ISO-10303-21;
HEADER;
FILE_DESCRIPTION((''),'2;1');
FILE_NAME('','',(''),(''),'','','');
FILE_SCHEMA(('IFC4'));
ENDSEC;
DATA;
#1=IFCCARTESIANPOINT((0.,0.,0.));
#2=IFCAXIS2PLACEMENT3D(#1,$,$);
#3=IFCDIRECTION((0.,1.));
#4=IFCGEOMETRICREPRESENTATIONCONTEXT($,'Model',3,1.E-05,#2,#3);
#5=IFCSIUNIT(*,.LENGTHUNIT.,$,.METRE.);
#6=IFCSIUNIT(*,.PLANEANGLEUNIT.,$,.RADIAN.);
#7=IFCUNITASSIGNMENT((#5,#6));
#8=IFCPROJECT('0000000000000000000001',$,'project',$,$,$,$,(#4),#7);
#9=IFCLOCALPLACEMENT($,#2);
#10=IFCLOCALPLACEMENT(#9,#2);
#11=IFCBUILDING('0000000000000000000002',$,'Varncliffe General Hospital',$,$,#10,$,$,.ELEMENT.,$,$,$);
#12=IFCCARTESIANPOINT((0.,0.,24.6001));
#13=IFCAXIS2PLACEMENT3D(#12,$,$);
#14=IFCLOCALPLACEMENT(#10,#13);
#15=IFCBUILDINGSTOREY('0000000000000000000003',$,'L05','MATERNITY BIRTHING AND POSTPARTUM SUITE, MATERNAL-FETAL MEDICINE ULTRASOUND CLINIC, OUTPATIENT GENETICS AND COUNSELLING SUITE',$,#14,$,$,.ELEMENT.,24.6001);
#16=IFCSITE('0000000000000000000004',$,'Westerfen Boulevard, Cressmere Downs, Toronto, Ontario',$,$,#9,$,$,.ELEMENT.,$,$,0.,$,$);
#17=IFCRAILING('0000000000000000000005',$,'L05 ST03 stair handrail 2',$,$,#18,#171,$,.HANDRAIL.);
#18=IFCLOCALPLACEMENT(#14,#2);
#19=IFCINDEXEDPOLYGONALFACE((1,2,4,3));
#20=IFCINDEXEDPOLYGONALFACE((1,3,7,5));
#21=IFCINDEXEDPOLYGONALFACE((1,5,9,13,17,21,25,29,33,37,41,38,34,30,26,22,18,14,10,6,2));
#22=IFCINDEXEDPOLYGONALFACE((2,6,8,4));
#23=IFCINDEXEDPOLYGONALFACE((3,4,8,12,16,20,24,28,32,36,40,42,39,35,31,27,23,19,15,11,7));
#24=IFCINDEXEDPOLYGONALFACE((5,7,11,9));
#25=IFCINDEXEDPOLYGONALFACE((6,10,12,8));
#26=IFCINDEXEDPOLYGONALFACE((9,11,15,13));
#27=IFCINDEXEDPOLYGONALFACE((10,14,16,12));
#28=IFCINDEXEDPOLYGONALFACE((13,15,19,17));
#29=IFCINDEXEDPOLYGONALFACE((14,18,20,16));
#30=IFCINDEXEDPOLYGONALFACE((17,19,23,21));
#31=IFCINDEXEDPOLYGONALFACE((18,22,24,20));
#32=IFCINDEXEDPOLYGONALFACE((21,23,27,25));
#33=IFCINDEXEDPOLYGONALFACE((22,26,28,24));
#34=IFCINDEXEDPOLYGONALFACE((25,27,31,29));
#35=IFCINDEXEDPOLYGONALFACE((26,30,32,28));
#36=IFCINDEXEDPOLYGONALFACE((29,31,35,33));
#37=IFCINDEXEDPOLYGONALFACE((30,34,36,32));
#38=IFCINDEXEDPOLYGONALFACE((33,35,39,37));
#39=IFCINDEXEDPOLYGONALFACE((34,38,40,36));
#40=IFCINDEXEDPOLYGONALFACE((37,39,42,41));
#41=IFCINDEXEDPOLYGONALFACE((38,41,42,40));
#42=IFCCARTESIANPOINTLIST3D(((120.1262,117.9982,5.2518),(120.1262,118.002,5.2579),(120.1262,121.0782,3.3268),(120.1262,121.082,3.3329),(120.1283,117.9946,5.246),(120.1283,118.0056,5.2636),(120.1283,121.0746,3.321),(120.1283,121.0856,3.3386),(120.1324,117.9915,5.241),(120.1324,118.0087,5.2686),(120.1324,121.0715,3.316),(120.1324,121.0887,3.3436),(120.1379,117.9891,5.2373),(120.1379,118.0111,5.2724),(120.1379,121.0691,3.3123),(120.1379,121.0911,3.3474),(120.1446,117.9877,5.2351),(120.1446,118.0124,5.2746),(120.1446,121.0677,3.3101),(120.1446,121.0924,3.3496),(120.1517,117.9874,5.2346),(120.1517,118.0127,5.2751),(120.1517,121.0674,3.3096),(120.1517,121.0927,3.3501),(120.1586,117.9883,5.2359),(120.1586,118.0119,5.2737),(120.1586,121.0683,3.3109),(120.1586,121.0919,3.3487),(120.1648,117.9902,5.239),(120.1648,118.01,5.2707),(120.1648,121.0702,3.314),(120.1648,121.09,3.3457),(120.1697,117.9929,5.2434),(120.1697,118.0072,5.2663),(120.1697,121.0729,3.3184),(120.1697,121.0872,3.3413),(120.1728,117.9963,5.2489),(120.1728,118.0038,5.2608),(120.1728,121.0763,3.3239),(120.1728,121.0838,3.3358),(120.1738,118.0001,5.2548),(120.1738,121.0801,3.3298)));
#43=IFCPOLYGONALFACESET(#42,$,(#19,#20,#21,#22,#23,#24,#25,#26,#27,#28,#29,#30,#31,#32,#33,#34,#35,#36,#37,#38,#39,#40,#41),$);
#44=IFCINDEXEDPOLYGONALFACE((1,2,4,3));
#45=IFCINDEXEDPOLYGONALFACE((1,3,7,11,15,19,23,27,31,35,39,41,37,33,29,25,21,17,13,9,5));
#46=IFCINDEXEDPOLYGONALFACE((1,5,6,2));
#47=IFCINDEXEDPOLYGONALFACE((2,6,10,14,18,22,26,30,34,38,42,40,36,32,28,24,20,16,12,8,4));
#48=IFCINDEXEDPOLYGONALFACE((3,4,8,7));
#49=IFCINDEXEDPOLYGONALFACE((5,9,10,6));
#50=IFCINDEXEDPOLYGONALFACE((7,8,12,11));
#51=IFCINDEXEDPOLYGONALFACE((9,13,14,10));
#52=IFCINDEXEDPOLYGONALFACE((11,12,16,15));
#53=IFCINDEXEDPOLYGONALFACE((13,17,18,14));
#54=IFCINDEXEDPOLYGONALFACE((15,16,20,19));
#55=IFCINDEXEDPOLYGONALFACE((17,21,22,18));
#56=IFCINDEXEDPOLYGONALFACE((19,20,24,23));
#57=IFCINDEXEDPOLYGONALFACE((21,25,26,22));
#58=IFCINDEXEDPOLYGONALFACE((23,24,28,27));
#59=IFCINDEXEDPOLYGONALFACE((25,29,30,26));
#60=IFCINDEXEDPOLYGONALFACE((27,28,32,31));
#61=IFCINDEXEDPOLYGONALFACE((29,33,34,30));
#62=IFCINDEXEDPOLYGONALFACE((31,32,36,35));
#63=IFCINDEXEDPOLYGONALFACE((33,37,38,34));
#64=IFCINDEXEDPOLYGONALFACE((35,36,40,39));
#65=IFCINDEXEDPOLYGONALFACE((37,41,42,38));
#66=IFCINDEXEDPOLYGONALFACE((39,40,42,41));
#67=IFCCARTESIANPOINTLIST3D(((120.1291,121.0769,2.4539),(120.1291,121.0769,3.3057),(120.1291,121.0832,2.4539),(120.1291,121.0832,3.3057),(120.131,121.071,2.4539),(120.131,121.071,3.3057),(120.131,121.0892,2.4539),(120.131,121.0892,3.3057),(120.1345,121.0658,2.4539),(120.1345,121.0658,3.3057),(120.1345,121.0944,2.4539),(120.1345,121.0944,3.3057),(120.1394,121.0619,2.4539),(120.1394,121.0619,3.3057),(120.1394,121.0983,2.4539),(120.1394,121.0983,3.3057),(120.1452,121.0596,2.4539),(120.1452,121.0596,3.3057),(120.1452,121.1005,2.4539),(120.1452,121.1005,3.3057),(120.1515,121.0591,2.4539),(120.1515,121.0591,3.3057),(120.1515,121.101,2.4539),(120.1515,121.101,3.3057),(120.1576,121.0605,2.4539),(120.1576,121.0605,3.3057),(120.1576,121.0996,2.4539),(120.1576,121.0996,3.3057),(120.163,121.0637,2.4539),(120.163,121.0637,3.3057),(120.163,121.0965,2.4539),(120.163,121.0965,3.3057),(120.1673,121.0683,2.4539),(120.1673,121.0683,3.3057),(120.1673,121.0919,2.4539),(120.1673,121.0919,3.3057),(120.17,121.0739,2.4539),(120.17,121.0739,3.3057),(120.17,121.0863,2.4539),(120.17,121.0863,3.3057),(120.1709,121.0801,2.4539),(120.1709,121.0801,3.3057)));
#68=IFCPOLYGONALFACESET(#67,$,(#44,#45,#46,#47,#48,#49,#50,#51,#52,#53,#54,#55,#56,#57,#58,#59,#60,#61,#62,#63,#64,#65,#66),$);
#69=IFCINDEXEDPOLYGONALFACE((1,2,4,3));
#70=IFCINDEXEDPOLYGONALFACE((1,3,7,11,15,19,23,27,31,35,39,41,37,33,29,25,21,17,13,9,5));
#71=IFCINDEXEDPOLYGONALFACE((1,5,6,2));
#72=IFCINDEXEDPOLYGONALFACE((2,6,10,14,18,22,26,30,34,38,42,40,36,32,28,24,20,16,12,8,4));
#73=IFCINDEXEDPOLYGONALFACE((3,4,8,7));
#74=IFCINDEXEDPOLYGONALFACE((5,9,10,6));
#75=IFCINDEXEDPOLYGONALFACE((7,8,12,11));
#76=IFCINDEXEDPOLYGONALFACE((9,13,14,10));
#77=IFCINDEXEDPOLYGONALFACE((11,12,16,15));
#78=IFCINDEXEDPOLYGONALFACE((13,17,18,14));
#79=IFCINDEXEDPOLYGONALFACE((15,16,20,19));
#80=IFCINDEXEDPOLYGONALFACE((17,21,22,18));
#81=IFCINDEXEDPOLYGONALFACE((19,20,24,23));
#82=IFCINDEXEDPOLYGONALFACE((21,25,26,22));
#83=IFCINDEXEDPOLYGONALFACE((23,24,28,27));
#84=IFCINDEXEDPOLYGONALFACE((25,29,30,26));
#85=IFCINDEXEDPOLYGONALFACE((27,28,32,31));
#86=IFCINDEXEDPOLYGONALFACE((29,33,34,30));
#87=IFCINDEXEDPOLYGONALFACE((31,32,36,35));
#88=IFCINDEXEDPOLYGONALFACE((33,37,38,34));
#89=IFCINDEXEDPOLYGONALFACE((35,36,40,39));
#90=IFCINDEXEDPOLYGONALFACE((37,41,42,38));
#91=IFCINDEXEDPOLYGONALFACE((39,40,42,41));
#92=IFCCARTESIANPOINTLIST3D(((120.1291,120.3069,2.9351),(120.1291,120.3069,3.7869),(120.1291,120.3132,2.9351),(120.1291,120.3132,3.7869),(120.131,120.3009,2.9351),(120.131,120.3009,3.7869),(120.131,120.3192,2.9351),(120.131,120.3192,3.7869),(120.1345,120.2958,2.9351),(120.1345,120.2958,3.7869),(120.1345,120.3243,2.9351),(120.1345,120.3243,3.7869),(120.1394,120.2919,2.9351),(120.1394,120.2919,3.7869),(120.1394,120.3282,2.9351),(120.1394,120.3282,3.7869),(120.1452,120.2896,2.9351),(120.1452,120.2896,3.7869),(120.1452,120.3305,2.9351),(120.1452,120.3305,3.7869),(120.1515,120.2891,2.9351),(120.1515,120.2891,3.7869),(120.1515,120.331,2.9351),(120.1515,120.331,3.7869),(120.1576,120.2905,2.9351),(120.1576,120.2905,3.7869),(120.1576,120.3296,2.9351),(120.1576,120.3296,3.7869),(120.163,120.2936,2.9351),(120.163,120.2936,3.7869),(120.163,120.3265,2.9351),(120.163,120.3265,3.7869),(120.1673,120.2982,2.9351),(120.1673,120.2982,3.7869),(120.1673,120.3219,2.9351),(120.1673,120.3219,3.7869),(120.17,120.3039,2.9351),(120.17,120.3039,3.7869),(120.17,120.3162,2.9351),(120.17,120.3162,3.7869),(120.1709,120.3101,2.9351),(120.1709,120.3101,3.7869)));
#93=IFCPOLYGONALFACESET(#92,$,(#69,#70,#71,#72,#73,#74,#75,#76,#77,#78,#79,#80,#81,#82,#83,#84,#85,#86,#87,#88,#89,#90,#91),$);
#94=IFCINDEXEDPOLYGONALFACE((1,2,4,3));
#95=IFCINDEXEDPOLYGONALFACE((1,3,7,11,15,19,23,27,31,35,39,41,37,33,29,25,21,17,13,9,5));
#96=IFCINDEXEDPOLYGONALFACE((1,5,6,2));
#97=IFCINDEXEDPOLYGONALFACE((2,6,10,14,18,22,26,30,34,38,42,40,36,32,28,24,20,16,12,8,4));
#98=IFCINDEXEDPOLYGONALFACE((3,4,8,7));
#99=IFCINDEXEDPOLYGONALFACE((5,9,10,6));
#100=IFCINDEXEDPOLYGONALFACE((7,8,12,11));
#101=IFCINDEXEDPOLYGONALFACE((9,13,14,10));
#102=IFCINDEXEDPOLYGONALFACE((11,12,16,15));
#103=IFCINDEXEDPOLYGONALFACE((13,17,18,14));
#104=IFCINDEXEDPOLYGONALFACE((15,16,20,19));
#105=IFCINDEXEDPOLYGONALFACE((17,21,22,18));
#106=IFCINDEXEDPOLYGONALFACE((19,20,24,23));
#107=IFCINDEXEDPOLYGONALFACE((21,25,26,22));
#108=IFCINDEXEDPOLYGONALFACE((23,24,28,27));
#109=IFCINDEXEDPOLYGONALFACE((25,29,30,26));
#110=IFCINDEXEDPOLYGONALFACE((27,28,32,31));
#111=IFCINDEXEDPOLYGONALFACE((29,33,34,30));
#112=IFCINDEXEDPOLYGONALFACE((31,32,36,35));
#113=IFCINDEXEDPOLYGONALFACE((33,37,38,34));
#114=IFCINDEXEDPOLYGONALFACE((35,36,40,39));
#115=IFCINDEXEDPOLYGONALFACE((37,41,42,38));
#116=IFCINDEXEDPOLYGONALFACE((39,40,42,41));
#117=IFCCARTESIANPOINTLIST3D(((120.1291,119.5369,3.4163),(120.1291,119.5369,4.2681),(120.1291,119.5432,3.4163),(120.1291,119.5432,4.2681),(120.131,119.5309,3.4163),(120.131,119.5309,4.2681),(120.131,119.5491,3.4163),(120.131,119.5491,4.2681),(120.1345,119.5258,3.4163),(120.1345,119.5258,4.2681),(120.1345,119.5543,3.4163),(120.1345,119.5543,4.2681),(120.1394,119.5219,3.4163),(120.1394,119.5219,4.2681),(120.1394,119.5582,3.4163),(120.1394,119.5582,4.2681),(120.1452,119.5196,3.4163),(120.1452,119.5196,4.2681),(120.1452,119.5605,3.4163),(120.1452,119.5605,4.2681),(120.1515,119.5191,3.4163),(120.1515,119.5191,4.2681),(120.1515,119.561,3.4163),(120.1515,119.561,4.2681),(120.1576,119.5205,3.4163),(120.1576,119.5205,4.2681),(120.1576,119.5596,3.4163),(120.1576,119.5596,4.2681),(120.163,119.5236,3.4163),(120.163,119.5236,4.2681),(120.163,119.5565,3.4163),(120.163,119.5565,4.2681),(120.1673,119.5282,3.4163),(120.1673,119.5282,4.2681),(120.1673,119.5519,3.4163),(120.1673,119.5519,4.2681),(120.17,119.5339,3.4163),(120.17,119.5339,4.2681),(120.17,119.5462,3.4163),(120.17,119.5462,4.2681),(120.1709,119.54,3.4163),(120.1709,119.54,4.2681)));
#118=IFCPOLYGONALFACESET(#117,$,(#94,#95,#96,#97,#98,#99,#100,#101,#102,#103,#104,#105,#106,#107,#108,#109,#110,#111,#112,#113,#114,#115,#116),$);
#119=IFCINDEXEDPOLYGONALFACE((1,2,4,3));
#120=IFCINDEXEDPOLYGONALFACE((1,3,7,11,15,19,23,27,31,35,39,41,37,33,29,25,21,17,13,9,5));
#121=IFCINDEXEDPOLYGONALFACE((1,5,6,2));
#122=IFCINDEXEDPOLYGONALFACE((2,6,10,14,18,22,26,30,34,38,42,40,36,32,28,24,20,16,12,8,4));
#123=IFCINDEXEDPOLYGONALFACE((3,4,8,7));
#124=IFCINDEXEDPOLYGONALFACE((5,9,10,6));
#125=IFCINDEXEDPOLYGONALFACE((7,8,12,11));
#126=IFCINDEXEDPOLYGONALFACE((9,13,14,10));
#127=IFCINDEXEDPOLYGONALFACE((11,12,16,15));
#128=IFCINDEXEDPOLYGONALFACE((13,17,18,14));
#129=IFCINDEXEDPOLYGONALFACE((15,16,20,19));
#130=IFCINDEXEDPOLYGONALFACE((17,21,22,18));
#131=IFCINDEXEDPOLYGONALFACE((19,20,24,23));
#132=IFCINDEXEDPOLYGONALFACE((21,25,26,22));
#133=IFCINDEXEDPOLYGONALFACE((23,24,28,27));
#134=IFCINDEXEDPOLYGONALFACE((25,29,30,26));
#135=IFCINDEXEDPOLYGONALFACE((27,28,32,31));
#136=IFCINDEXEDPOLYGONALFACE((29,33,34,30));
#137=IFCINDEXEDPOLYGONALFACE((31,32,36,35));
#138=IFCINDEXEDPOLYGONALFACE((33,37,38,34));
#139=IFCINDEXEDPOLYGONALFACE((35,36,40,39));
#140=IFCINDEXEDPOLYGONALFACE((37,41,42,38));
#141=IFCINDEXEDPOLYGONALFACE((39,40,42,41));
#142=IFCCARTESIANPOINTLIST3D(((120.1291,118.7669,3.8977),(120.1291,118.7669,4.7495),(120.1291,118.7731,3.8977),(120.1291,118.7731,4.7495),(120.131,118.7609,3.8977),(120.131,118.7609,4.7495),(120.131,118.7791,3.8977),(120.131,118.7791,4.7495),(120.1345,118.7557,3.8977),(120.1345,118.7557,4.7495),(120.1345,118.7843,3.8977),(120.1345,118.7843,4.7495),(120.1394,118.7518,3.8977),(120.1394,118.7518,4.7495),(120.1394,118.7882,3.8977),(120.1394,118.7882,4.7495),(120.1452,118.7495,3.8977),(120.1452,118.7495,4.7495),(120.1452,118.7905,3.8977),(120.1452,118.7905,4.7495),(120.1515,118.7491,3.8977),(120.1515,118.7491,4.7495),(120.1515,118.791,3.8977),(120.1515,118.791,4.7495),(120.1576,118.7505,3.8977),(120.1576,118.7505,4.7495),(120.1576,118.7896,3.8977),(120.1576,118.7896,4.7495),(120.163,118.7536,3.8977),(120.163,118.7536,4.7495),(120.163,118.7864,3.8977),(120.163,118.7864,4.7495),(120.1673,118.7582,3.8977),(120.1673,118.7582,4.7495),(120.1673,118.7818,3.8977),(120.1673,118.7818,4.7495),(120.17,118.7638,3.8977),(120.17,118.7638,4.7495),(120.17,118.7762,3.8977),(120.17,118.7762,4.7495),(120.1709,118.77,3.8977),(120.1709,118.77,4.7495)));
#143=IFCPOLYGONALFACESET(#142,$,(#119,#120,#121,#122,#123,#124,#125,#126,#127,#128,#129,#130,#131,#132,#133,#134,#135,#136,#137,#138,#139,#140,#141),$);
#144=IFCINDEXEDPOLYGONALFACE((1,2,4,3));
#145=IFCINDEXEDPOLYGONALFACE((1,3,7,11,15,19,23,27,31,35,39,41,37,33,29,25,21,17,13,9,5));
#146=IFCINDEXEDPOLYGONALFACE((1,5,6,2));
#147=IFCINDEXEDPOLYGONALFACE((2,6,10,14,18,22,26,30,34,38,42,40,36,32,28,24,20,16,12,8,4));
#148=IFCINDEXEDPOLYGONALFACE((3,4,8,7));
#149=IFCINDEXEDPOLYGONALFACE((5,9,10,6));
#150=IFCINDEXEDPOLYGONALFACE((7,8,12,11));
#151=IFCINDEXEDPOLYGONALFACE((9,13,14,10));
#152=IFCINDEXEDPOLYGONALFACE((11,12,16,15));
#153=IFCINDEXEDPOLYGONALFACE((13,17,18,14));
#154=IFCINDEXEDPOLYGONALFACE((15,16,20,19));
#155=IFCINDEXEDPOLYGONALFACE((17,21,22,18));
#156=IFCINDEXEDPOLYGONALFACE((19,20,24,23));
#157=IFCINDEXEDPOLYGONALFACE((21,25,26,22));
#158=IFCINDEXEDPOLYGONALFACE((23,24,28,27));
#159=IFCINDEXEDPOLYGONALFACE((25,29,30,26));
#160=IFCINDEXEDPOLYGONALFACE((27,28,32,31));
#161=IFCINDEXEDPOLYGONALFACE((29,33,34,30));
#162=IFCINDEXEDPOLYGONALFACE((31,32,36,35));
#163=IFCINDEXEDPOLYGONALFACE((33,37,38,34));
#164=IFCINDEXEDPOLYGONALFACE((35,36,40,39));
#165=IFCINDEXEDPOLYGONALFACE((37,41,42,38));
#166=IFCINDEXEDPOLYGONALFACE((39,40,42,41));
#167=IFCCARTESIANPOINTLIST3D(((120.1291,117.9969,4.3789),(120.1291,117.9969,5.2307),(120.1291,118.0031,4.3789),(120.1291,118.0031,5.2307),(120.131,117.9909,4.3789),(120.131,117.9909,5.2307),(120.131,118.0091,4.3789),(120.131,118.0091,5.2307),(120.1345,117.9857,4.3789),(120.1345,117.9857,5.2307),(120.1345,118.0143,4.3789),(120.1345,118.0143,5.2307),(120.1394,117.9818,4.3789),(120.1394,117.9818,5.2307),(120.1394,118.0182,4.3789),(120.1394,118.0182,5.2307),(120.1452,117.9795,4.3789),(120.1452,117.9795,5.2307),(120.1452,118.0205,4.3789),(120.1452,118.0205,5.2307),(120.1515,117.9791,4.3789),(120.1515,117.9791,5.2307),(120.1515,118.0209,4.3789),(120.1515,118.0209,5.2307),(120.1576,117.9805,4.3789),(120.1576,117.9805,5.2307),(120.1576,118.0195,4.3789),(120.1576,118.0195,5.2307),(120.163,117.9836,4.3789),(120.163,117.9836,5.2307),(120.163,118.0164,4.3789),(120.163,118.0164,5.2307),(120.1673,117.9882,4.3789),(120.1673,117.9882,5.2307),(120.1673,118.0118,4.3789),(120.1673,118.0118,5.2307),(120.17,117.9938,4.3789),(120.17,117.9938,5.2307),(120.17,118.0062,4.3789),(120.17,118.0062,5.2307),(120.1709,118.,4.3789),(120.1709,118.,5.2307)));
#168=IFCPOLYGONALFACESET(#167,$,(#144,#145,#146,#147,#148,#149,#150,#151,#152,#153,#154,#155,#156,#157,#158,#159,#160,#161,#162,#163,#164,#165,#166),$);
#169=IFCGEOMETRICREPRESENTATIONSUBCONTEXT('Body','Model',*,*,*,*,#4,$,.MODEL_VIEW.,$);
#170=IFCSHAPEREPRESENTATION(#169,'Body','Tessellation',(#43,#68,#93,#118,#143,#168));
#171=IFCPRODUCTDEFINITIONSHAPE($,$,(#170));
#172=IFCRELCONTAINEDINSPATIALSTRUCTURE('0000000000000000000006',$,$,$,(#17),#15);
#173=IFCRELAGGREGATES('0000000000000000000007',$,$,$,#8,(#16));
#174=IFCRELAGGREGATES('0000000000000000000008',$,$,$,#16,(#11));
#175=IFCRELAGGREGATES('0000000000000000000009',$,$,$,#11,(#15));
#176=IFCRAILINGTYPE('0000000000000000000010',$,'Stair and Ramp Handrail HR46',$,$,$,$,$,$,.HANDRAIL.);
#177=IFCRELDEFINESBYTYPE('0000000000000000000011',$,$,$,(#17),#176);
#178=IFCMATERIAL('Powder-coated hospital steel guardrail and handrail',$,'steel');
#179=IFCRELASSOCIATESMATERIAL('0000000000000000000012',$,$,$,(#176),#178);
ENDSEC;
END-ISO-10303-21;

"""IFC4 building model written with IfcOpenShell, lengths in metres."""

from ifc_helpers import new_model, si_unit, direction, frame, origin, origin_2d, place, context, subcontext, project, spatial, circle, extrude, material, type_object, element, save


model = new_model("IFC4")

# Units and contexts
model_context = context("Model", 3, precision=1e-05, world=origin(), true_north=direction((0.0, 1.0)))
body_context = subcontext(model_context, "Body", "Model", "MODEL_VIEW")
ifc_project = project(units=[si_unit("LENGTHUNIT", "METRE"), si_unit("PLANEANGLEUNIT", "RADIAN")], contexts=[model_context])

# Site, building, storey
site_placement = place(None, origin())
site = spatial("IfcSite", under=ifc_project, at=site_placement, Name="Westerfen Boulevard, Cressmere Downs, Toronto, Ontario", CompositionType="ELEMENT", RefElevation=0.0)
building_placement = place(site_placement, origin())
building = spatial("IfcBuilding", under=site, at=building_placement, Name="Varncliffe General Hospital", CompositionType="ELEMENT")
storey_placement = place(building_placement, frame((0.0, 0.0, 24.6001)))
storey = spatial("IfcBuildingStorey", under=building, at=storey_placement, Name="L05", Description="MATERNITY BIRTHING AND POSTPARTUM SUITE, MATERNAL-FETAL MEDICINE ULTRASOUND CLINIC, OUTPATIENT GENETICS AND COUNSELLING SUITE", CompositionType="ELEMENT", Elevation=24.6001)

# Railing
ifc_material_1 = material(Name="Powder-coated hospital steel guardrail and handrail", Category="steel")
railing_type_1 = type_object("IfcRailingType", Name="Stair and Ramp Handrail HR46", PredefinedType="HANDRAIL", material=ifc_material_1)
railing_1_placement = place(storey_placement, frame((120.1499, 121.0801, 2.4539)))
element("IfcRailing", 1, at=railing_1_placement, inside=storey, type_object=railing_type_1, Name="L05 ST03 stair handrail 2", PredefinedType="HANDRAIL", context=body_context, shape_type="SweptSolid", body=[
    extrude(circle(Radius=0.0239, at=origin_2d()), frame((0.0, 0.0, 0.876), z_axis=(0.0, -0.847998, 0.529999), x_axis=(1.0, 0.0, 0.0)), (0.0, 0.0, 1.0), 3.6321),
    extrude(circle(Radius=0.021, at=origin_2d()), origin(), (0.0, 0.0, 1.0), 0.8518),
    extrude(circle(Radius=0.021, at=origin_2d()), frame((0.0, -0.77, 0.4812)), (0.0, 0.0, 1.0), 0.8518),
    extrude(circle(Radius=0.021, at=origin_2d()), frame((0.0, -1.54, 0.9624)), (0.0, 0.0, 1.0), 0.8518),
    extrude(circle(Radius=0.021, at=origin_2d()), frame((0.0, -2.3101, 1.4438)), (0.0, 0.0, 1.0), 0.8518),
    extrude(circle(Radius=0.021, at=origin_2d()), frame((0.0, -3.0801, 1.925)), (0.0, 0.0, 1.0), 0.8518),
])

save(model, "model.ifc")
